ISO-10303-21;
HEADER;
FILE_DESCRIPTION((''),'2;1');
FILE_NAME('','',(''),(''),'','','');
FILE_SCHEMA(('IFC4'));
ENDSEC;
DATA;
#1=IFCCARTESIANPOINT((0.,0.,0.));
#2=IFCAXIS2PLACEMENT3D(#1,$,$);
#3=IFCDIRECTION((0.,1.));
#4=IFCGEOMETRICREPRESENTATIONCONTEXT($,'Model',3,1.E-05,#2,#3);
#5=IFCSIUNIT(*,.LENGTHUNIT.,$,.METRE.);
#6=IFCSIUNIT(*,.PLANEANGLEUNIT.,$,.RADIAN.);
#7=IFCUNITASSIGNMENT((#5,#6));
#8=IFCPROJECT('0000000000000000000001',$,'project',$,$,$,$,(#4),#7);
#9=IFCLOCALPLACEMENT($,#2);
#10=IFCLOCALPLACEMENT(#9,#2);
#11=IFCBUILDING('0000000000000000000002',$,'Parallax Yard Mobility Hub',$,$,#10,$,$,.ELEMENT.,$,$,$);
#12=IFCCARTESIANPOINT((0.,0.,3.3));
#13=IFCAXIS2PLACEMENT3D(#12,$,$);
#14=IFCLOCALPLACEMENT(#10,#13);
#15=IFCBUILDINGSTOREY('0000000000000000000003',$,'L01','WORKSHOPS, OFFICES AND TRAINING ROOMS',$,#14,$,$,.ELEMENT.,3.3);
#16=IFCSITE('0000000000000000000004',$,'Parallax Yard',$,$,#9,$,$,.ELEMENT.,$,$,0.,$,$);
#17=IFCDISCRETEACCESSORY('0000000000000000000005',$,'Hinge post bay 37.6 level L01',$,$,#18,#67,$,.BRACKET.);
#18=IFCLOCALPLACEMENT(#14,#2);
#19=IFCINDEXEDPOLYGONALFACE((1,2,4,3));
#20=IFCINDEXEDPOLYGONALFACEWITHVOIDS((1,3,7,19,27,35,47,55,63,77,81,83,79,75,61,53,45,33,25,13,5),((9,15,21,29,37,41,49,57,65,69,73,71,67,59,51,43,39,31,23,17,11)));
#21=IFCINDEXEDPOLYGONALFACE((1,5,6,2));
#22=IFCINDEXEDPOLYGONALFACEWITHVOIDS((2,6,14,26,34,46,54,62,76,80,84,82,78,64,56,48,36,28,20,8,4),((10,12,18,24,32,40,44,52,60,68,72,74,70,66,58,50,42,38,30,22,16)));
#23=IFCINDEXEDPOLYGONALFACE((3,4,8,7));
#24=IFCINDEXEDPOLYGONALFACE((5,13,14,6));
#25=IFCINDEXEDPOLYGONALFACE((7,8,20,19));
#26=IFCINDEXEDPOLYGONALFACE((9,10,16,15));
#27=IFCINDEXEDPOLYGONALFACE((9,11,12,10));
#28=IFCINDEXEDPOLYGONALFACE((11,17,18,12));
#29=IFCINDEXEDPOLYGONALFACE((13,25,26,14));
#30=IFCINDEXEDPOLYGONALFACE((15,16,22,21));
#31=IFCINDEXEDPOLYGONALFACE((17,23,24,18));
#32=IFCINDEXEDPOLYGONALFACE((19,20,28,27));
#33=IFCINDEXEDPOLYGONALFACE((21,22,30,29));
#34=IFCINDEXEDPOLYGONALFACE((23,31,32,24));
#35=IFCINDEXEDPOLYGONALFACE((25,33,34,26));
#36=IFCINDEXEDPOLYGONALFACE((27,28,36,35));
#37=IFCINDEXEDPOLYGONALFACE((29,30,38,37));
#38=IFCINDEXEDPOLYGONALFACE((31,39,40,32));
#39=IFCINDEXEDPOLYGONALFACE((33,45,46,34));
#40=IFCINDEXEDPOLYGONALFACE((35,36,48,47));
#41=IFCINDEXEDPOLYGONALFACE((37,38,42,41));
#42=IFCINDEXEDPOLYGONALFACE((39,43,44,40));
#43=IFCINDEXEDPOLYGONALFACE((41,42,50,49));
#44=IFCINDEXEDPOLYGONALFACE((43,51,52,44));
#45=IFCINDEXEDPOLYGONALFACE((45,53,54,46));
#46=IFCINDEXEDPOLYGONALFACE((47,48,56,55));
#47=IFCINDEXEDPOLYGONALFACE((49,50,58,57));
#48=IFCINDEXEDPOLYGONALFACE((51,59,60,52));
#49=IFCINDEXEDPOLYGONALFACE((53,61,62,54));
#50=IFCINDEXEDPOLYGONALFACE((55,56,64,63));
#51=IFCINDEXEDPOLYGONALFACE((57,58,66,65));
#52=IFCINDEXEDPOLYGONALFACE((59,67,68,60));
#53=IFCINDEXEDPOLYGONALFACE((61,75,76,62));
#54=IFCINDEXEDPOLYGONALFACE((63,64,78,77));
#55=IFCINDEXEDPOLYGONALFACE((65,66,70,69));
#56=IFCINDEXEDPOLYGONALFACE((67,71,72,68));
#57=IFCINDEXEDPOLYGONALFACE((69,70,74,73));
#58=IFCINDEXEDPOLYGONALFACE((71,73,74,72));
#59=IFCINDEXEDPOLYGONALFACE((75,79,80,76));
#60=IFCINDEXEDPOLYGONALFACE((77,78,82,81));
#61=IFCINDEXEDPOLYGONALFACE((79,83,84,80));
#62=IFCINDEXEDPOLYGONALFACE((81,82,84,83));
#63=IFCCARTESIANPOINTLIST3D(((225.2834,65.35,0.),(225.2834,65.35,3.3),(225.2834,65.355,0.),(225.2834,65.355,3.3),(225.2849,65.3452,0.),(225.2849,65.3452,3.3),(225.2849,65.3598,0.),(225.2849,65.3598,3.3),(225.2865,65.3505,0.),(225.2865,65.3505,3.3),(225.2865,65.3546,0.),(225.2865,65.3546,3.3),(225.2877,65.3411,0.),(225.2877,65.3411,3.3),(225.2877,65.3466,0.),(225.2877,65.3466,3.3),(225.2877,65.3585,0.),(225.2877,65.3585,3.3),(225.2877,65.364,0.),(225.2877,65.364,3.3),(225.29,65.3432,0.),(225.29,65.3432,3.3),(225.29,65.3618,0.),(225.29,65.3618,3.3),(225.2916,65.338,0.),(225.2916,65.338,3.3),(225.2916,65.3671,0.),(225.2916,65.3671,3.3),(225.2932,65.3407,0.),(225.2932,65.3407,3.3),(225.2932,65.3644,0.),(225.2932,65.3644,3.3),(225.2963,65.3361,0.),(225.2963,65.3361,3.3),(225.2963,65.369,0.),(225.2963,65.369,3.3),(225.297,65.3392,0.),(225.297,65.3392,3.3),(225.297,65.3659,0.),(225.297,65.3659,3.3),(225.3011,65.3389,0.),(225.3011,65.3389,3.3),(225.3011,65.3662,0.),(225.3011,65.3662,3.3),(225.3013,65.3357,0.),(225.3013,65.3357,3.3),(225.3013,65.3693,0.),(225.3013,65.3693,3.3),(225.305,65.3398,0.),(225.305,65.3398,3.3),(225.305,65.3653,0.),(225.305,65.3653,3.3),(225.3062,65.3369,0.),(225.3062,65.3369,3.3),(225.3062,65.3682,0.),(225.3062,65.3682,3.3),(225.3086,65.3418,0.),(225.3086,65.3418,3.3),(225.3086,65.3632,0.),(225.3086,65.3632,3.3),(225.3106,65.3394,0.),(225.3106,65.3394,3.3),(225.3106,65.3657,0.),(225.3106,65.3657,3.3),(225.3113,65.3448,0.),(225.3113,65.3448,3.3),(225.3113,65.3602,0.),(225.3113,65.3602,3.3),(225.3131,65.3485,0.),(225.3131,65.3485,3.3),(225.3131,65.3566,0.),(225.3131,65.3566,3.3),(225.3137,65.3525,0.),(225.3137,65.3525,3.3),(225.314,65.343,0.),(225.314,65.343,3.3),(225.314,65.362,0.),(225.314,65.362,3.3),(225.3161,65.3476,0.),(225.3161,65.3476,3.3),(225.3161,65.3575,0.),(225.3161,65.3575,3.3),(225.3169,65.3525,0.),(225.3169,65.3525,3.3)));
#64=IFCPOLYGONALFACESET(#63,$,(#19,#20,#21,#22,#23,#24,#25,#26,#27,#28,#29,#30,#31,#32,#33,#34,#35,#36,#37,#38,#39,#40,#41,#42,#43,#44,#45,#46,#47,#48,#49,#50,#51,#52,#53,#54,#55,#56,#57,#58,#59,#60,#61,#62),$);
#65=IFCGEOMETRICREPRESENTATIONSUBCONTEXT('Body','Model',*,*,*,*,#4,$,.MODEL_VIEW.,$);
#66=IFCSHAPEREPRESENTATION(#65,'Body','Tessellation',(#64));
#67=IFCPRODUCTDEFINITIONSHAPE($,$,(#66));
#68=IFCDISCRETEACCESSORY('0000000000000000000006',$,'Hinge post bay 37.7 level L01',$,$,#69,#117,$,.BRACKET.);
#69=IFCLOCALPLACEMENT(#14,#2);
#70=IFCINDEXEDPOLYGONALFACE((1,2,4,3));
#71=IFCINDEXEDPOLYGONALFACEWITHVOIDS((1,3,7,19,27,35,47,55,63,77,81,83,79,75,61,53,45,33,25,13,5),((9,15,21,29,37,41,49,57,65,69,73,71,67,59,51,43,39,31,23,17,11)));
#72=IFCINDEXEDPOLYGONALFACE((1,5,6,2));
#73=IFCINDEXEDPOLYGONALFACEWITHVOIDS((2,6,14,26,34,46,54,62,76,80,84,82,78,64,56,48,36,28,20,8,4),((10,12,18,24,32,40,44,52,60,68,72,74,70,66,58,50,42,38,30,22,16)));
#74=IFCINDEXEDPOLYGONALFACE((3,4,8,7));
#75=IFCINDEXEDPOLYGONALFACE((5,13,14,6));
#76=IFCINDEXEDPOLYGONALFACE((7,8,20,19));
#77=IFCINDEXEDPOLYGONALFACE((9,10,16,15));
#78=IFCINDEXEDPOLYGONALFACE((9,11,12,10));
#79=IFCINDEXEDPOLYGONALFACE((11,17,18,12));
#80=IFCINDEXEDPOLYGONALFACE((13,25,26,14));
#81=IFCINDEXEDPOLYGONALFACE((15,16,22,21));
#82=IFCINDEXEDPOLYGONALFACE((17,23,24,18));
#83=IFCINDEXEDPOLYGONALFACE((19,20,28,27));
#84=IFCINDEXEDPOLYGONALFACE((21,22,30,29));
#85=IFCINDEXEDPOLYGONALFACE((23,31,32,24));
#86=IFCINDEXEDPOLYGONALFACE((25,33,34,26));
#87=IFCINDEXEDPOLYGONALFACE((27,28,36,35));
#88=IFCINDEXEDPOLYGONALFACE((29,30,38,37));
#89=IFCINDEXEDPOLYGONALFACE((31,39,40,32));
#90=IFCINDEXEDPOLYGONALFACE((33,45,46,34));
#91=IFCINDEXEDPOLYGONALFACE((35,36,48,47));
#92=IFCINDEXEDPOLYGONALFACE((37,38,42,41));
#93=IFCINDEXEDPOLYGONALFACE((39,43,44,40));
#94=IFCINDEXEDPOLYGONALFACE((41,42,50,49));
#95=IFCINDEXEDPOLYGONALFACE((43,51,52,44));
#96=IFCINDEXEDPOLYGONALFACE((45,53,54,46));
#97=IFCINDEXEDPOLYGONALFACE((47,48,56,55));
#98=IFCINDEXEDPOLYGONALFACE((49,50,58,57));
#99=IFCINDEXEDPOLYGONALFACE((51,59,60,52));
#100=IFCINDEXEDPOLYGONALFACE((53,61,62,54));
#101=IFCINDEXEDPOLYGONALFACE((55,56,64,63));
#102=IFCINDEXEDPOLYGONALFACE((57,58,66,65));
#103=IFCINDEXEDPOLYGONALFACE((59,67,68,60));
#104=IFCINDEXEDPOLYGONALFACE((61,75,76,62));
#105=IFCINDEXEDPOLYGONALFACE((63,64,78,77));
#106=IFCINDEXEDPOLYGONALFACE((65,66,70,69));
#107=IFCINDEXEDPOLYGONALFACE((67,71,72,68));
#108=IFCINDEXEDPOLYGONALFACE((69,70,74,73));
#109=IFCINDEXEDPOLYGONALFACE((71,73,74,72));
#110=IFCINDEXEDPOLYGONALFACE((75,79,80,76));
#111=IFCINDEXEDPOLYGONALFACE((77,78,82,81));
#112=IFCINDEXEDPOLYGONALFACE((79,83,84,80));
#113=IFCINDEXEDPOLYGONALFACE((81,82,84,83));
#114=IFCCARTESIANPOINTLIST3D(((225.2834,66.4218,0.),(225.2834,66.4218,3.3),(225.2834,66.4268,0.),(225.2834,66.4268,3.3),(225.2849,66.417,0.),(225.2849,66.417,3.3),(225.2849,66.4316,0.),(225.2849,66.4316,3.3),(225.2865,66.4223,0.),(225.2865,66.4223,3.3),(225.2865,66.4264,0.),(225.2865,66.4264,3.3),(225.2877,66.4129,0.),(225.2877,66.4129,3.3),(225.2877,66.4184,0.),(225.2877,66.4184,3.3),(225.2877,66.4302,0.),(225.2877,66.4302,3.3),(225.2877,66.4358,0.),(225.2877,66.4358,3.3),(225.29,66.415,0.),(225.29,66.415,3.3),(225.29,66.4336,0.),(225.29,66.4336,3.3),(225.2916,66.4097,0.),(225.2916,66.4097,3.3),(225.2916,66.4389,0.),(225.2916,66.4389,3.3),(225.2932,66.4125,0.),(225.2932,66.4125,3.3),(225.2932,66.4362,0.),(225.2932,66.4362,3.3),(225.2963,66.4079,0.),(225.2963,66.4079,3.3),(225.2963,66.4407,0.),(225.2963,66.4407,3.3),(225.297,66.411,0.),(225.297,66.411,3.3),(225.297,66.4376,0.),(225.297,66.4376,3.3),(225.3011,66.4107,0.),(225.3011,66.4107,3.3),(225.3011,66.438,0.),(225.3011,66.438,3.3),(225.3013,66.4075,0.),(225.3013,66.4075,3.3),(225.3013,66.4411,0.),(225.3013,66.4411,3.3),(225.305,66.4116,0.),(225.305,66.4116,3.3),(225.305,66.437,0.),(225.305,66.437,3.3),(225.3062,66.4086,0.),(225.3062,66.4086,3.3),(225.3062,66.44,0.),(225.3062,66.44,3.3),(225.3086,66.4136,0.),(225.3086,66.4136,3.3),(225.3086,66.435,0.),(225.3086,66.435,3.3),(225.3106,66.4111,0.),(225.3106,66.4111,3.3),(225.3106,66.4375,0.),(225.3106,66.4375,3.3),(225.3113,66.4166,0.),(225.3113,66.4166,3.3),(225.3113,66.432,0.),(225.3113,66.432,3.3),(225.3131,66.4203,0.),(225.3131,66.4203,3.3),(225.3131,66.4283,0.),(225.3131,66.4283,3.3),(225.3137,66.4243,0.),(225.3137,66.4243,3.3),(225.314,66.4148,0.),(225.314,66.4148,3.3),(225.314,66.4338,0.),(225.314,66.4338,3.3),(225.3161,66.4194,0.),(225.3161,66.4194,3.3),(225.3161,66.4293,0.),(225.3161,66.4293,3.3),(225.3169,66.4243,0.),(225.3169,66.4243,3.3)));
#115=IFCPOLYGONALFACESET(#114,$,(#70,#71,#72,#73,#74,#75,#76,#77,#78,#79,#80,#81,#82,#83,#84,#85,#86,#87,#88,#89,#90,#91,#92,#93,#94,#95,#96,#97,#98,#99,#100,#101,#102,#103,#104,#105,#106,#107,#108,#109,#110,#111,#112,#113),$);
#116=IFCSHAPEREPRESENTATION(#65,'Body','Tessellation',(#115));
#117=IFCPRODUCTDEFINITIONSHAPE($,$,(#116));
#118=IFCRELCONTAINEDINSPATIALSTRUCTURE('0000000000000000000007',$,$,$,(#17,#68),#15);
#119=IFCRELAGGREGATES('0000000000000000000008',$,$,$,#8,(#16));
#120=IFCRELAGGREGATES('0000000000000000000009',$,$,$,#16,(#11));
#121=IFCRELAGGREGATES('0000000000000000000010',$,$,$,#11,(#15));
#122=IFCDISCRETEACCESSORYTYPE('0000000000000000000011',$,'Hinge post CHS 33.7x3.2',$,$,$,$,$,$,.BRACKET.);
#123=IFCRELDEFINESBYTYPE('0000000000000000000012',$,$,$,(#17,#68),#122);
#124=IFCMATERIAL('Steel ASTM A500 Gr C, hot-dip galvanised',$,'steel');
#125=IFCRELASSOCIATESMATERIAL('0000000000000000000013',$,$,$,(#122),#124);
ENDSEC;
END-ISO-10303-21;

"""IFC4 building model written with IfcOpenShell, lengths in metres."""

from ifc_helpers import new_model, si_unit, direction, frame, origin, origin_2d, place, context, subcontext, project, spatial, hollow_circle, extrude, material, material_profile, profile_set, type_object, element, save


model = new_model("IFC4")

# Units and contexts
model_context = context("Model", 3, precision=1e-05, world=origin(), true_north=direction((0.0, 1.0)))
body_context = subcontext(model_context, "Body", "Model", "MODEL_VIEW")
ifc_project = project(units=[si_unit("LENGTHUNIT", "METRE"), si_unit("PLANEANGLEUNIT", "RADIAN")], contexts=[model_context])

# Site, building, storey
site_placement = place(None, origin())
site = spatial("IfcSite", under=ifc_project, at=site_placement, Name="Parallax Yard", CompositionType="ELEMENT", RefElevation=0.0)
building_placement = place(site_placement, origin())
building = spatial("IfcBuilding", under=site, at=building_placement, Name="Parallax Yard Mobility Hub", CompositionType="ELEMENT")
storey_placement = place(building_placement, frame((0.0, 0.0, 3.3)))
storey = spatial("IfcBuildingStorey", under=building, at=storey_placement, Name="L01", Description="WORKSHOPS, OFFICES AND TRAINING ROOMS", CompositionType="ELEMENT", Elevation=3.3)

# Discrete accessories
ifc_material_1 = material(Name="Steel ASTM A500 Gr C, hot-dip galvanised", Category="steel")
ifc_material_profile = material_profile(ifc_material_1, hollow_circle(Radius=0.0168, WallThickness=0.0032, at=origin_2d()), Name="CHS 33.7x3.2")
ifc_profile_set = profile_set([ifc_material_profile], Name="Steel ASTM A500 Gr C, hot-dip galvanised")
discrete_accessory_type = type_object("IfcDiscreteAccessoryType", Name="Hinge post CHS 33.7x3.2", PredefinedType="BRACKET", material=ifc_profile_set)
for number, where, z_axis, x_axis, name in (
    (1, (225.3, 65.3525, 0.0), (0.0, 0.0, 1.0), (1.0, 0.0, 0.0), "Hinge post bay 37.6 level L01"),
    (2, (225.3, 66.4243, 0.0), (0.0, 0.0, 1.0), (1.0, 0.0, 0.0), "Hinge post bay 37.7 level L01"),
):
    element("IfcDiscreteAccessory", number, at=place(storey_placement, frame(where, z_axis=z_axis, x_axis=x_axis)), inside=storey, type_object=discrete_accessory_type, Name=name, PredefinedType="BRACKET", context=body_context, shape_type="SweptSolid", body=[
        extrude(hollow_circle(Radius=0.0168, WallThickness=0.0032, at=origin_2d()), origin(), (0.0, 0.0, 1.0), 3.3),
    ])

save(model, "model.ifc")
